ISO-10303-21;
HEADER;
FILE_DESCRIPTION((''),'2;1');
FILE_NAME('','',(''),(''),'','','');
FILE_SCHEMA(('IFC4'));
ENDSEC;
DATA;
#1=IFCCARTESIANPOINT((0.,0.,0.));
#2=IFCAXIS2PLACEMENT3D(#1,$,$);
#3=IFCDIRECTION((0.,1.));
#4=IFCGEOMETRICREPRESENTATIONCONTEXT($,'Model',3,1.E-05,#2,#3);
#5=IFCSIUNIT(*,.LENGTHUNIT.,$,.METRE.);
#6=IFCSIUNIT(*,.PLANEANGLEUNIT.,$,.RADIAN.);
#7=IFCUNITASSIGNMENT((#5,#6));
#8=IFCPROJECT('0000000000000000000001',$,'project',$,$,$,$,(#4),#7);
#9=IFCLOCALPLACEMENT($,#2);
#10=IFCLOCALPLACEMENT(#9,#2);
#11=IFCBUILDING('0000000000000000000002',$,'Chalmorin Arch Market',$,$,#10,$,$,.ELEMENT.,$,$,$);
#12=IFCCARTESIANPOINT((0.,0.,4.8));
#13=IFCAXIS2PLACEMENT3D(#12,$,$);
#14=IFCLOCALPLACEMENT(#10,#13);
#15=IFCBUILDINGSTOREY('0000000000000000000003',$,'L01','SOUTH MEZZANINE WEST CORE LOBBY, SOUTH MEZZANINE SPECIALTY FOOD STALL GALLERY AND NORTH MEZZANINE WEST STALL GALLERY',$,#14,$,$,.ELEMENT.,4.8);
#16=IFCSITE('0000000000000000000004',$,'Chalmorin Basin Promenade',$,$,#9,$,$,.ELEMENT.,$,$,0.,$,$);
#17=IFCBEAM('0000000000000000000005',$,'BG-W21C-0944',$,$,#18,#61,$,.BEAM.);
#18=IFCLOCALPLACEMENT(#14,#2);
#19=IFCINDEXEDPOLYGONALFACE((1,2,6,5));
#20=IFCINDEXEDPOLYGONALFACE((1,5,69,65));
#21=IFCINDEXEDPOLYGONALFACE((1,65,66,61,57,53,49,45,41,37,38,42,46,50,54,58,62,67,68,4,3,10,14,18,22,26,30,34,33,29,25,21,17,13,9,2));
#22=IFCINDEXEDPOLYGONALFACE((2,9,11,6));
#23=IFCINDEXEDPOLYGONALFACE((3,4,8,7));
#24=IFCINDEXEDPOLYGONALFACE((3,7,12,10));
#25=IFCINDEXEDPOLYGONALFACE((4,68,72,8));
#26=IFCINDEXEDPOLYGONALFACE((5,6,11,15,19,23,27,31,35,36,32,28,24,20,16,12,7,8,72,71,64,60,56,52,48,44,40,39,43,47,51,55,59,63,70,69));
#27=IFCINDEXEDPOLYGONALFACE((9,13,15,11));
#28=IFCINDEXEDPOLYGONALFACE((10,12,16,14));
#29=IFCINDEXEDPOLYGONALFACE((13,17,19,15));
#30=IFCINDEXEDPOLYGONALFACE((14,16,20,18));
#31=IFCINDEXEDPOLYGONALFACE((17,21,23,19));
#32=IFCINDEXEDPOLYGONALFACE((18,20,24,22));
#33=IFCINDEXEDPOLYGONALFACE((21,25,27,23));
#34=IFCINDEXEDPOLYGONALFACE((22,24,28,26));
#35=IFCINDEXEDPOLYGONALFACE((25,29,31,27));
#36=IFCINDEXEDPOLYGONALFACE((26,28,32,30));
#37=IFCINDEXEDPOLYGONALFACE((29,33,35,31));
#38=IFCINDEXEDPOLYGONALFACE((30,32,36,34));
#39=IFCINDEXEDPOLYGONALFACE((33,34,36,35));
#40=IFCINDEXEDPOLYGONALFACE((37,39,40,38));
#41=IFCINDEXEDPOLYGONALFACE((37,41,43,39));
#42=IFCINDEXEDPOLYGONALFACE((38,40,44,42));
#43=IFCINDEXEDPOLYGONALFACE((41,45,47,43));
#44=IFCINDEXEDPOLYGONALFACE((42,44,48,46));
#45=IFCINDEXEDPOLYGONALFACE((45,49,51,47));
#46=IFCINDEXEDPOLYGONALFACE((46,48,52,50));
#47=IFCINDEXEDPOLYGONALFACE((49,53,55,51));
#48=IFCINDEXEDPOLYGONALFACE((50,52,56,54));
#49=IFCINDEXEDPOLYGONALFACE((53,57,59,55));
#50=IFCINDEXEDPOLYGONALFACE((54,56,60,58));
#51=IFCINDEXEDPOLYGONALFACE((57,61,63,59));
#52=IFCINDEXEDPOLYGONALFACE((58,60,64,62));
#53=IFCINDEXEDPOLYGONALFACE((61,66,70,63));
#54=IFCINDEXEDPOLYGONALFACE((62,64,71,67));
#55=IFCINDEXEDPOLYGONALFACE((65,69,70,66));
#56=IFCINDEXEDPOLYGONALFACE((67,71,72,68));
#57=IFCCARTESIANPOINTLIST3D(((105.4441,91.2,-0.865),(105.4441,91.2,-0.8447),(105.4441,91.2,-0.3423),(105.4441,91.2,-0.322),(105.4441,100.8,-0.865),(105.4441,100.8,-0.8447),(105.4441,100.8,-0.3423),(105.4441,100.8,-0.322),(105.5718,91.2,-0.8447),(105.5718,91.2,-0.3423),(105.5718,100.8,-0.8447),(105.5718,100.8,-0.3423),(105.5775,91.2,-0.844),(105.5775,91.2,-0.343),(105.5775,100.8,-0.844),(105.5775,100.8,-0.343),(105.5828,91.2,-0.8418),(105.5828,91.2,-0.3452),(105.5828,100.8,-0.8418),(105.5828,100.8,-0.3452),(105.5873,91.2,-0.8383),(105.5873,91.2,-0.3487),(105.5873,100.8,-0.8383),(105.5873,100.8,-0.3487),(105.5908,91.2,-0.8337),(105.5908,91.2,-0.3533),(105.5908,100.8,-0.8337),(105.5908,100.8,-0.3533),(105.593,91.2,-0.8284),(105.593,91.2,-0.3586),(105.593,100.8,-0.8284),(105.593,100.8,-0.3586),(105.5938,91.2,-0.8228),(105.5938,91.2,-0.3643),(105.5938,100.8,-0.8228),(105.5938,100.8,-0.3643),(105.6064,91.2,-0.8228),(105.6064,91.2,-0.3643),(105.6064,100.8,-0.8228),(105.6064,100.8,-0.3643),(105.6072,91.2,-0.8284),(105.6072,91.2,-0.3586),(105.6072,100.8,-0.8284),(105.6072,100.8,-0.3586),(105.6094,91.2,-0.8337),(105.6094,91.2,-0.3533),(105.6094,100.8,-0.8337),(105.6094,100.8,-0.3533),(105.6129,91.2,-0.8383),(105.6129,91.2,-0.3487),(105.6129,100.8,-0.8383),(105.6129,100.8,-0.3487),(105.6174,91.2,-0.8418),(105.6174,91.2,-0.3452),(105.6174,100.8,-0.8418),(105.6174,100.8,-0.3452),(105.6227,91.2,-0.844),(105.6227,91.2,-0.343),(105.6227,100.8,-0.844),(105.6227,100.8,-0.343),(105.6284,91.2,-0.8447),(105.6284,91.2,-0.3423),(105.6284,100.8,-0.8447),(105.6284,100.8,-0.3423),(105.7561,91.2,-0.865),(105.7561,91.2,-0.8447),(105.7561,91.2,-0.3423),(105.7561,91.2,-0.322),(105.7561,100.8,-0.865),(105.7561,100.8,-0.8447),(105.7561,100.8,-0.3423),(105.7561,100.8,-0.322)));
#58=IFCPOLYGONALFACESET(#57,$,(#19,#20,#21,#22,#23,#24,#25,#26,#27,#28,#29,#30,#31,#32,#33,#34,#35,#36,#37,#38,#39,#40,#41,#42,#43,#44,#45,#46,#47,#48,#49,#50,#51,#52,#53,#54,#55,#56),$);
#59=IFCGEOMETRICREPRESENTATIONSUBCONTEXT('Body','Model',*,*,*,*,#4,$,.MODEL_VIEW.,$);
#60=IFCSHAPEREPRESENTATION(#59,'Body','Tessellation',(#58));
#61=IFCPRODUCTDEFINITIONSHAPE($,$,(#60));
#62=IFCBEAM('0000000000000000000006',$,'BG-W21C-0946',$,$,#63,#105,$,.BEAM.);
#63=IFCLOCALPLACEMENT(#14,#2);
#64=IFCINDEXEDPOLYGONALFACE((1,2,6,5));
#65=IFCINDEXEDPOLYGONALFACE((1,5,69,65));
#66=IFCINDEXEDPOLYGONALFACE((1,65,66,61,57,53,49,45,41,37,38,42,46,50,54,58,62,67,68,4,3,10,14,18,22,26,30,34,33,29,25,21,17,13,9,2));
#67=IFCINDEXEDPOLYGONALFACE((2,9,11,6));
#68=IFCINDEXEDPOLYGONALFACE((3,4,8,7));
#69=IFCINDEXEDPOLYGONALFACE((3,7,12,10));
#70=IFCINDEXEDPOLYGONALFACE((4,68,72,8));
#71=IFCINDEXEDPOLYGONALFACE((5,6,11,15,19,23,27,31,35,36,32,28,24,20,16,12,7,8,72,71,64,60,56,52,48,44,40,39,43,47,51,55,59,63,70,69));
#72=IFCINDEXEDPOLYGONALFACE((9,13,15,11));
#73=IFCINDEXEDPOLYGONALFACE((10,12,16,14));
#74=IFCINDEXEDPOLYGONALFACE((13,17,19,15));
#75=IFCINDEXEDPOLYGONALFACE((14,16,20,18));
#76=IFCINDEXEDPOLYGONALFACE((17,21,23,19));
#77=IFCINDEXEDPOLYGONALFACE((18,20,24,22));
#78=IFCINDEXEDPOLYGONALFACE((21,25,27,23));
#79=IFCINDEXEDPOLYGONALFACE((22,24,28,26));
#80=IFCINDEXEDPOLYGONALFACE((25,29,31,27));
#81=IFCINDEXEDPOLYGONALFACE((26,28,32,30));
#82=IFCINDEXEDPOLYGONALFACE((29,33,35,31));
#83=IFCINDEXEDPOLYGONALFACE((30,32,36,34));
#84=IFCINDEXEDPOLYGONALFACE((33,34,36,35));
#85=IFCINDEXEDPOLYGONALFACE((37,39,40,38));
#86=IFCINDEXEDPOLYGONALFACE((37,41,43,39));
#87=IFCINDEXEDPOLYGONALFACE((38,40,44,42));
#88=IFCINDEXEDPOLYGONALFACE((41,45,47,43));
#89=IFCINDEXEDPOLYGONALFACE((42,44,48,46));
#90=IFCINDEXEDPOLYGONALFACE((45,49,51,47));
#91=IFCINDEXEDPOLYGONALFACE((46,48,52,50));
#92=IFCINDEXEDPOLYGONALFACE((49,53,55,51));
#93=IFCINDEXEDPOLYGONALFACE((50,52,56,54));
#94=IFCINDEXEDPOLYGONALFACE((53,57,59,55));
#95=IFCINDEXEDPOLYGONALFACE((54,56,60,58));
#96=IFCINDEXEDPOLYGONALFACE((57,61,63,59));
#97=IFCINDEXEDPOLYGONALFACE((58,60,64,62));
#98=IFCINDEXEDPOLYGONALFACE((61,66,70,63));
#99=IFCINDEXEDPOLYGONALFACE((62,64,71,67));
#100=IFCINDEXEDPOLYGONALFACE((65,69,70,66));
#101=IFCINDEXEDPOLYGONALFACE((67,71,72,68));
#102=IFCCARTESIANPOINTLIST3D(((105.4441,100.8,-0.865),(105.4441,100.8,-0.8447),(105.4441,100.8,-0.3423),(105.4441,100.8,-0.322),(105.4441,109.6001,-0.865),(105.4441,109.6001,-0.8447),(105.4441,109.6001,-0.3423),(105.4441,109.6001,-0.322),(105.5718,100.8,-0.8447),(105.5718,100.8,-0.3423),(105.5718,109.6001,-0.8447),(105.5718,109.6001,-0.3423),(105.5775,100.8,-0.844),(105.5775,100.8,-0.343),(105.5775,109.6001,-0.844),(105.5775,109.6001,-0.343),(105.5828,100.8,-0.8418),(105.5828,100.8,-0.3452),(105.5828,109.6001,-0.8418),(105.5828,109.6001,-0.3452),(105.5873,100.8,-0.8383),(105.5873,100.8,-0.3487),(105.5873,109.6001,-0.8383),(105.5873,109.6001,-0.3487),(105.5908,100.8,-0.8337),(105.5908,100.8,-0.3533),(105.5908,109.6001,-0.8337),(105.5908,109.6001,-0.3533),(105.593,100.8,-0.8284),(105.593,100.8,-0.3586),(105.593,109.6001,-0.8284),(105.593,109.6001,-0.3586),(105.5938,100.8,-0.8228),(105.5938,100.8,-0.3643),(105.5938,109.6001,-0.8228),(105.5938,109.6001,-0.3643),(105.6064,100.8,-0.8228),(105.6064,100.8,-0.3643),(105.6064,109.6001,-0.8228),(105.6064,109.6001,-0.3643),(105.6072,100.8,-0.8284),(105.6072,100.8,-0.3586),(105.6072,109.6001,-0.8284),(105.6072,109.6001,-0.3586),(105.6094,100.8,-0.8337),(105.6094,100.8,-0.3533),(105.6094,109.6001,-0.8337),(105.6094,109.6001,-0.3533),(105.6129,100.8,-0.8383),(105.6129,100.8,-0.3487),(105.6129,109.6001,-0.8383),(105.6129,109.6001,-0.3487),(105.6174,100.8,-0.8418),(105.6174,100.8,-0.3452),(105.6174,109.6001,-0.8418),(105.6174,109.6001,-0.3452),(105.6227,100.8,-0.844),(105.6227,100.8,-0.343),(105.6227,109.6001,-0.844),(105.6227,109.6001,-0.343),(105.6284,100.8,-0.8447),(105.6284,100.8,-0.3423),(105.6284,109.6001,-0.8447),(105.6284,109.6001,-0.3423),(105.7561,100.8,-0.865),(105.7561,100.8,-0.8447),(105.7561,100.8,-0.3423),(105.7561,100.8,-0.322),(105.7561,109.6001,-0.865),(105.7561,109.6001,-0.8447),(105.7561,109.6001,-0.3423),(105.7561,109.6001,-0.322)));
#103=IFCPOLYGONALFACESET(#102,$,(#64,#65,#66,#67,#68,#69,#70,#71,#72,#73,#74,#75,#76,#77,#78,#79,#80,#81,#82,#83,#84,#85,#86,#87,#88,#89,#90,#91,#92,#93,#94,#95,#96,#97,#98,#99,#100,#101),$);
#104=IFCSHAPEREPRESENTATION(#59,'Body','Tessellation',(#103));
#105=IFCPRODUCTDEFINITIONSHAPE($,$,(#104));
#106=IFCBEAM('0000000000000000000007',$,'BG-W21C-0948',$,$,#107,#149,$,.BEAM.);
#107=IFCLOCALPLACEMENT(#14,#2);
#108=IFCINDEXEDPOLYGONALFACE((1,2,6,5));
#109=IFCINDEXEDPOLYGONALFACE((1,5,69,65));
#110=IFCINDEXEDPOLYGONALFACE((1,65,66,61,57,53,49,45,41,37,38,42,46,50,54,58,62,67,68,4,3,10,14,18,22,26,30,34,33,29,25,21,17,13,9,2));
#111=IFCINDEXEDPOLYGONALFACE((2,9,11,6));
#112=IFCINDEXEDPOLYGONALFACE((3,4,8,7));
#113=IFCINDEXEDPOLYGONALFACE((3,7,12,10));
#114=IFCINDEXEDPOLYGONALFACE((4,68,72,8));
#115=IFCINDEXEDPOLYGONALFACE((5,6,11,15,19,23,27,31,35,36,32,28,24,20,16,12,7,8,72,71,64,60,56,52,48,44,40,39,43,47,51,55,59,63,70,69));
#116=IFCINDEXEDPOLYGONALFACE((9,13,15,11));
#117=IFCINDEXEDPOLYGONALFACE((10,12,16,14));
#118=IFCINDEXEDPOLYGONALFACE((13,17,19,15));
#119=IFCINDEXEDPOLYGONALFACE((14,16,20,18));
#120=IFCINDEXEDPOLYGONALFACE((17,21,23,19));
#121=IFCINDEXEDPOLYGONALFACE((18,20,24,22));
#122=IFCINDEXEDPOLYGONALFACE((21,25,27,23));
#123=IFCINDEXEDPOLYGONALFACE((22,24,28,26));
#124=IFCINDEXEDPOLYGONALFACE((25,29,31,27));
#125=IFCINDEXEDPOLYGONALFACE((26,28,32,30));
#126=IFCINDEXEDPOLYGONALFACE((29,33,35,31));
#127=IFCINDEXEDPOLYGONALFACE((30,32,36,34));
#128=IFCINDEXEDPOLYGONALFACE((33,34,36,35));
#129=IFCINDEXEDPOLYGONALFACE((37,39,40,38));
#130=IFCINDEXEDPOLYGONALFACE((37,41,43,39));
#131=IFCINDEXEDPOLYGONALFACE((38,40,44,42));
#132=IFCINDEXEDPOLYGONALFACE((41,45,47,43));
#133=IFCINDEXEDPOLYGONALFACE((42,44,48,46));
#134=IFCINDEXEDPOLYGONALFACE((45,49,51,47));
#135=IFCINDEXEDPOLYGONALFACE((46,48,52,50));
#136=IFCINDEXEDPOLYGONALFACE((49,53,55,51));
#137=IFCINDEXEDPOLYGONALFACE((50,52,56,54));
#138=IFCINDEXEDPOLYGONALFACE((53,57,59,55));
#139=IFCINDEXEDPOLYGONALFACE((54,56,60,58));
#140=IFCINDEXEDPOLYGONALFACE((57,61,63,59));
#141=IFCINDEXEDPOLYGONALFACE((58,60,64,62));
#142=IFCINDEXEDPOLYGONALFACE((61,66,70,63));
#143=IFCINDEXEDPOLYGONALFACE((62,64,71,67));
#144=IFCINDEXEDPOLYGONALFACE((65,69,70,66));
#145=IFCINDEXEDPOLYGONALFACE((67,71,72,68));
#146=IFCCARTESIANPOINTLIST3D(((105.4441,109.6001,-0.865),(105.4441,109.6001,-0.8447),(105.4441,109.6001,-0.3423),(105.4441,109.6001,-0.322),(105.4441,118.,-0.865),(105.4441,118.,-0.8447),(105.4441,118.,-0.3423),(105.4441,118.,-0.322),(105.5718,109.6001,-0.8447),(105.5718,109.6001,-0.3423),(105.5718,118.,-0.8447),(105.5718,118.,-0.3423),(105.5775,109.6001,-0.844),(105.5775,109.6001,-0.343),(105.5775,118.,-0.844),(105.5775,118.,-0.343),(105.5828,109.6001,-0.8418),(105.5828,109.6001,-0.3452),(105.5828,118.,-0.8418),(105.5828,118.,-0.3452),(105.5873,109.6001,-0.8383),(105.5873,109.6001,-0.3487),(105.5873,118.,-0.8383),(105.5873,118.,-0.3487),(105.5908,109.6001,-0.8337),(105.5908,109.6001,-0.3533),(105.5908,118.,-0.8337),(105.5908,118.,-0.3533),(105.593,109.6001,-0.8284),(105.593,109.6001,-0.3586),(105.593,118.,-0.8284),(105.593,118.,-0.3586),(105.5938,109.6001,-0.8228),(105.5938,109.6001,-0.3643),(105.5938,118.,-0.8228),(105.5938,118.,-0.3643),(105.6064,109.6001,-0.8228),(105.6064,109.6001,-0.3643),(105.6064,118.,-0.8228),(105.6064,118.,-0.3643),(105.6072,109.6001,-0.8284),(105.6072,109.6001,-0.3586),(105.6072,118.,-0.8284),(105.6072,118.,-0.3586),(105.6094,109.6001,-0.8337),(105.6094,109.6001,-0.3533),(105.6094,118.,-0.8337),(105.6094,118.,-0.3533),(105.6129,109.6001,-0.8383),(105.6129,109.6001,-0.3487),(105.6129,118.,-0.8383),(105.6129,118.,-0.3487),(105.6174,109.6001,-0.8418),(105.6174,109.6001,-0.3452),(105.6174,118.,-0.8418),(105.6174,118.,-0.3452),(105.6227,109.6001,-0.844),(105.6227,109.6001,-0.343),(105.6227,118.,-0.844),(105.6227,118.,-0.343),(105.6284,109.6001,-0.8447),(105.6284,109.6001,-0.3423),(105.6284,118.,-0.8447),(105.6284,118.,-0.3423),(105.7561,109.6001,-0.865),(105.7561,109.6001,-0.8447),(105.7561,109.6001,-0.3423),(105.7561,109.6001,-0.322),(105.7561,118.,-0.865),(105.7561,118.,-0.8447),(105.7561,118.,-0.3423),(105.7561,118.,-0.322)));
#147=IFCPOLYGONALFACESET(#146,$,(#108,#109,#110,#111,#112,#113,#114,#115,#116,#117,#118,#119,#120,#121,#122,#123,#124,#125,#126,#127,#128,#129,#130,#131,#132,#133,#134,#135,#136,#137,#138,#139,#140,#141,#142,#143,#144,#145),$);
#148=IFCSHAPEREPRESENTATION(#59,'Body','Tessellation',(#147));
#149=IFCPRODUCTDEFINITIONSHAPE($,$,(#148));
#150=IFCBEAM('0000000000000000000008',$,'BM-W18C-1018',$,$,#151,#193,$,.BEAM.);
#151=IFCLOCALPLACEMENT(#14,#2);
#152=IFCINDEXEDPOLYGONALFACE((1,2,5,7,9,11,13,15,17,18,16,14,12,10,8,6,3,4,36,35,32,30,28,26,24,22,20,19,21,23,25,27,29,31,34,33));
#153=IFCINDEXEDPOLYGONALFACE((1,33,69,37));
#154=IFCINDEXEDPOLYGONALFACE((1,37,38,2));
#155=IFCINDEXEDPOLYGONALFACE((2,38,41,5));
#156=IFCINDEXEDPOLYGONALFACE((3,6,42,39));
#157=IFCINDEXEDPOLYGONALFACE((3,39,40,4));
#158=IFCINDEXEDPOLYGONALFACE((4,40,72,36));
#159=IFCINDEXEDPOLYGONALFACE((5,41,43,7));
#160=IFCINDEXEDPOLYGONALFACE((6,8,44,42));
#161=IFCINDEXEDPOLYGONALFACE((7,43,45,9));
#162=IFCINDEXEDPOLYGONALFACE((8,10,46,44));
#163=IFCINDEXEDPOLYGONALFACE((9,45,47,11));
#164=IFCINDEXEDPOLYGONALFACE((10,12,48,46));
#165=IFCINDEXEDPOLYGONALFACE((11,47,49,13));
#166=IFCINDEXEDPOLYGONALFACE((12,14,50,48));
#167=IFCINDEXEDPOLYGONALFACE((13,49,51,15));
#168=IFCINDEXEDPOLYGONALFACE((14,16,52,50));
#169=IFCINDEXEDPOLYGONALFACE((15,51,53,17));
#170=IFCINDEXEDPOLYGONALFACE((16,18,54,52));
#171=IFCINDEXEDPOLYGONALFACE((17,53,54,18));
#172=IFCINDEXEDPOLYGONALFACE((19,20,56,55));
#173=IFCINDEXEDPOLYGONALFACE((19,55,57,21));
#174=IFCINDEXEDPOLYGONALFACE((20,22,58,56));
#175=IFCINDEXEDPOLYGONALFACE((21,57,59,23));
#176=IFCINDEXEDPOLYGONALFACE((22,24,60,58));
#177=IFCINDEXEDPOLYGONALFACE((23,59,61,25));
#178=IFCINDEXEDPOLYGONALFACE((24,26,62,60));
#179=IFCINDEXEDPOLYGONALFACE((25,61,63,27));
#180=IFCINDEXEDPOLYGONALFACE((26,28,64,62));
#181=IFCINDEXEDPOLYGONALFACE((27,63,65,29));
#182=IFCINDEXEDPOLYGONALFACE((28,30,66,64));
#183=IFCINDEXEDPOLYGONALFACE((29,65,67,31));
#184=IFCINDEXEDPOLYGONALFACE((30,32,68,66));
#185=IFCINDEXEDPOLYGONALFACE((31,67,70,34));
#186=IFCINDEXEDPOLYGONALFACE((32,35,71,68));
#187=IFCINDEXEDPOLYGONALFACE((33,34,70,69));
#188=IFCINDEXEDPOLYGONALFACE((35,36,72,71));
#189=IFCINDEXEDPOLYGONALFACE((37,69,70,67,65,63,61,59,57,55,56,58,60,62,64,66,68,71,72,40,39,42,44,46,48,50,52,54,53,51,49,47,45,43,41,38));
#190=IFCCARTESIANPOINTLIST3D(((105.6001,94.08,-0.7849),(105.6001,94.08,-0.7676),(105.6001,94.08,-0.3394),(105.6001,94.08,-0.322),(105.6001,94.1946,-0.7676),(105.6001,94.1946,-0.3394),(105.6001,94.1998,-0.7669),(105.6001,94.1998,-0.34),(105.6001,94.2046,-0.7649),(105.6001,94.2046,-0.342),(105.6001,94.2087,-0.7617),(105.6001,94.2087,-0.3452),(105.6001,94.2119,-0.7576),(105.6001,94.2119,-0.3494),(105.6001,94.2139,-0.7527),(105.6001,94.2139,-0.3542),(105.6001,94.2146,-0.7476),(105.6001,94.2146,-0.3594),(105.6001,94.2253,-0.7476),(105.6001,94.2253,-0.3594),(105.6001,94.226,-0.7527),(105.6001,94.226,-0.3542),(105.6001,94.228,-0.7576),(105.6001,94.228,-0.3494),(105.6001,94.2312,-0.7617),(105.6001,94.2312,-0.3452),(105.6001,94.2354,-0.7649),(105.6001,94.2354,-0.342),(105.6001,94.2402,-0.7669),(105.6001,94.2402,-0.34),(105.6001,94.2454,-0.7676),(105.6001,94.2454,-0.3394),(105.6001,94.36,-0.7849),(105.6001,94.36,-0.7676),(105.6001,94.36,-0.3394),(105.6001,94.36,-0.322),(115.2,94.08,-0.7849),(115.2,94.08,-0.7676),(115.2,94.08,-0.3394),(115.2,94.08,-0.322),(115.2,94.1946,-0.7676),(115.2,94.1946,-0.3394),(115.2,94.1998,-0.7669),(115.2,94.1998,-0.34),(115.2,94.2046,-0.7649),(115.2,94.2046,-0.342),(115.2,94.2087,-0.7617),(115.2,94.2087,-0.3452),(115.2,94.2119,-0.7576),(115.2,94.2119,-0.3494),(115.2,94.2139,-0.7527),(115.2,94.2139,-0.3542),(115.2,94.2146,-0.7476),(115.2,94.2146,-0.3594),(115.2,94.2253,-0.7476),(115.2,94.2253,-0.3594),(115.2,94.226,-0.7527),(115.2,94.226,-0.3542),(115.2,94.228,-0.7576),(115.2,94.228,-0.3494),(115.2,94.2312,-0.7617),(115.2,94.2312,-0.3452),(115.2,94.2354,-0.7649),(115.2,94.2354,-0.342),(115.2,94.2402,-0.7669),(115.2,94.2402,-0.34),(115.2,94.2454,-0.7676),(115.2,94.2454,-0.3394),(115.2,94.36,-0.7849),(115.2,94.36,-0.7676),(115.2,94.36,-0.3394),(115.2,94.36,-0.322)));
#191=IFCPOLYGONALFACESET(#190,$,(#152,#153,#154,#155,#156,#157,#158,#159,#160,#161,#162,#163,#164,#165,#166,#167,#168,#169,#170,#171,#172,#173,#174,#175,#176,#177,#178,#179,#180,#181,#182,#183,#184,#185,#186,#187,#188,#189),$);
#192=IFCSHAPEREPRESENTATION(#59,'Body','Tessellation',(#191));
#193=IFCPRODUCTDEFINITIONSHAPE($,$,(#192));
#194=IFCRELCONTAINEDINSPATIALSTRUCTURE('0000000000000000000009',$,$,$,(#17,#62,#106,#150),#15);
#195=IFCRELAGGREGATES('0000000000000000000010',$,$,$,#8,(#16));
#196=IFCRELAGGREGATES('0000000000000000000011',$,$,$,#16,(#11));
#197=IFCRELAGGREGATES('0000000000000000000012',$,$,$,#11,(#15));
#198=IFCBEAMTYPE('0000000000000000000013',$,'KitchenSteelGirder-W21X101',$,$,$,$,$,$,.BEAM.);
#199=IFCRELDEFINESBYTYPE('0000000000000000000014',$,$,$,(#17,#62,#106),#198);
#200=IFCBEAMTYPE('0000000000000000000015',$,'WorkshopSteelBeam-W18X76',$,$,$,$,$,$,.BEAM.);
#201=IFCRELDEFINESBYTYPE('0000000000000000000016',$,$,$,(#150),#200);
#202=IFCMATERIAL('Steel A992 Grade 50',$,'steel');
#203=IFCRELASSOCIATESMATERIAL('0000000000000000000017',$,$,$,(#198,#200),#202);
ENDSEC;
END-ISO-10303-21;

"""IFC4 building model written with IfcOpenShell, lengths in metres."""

from ifc_helpers import new_model, si_unit, direction, frame, origin, origin_2d, place, context, subcontext, project, spatial, i_section, extrude, material, material_profile, profile_set, type_object, element, save


model = new_model("IFC4")

# Units and contexts
model_context = context("Model", 3, precision=1e-05, world=origin(), true_north=direction((0.0, 1.0)))
body_context = subcontext(model_context, "Body", "Model", "MODEL_VIEW")
ifc_project = project(units=[si_unit("LENGTHUNIT", "METRE"), si_unit("PLANEANGLEUNIT", "RADIAN")], contexts=[model_context])

# Site, building, storey
site_placement = place(None, origin())
site = spatial("IfcSite", under=ifc_project, at=site_placement, Name="Chalmorin Basin Promenade", CompositionType="ELEMENT", RefElevation=0.0)
building_placement = place(site_placement, origin())
building = spatial("IfcBuilding", under=site, at=building_placement, Name="Chalmorin Arch Market", CompositionType="ELEMENT")
storey_placement = place(building_placement, frame((0.0, 0.0, 4.8)))
storey = spatial("IfcBuildingStorey", under=building, at=storey_placement, Name="L01", Description="SOUTH MEZZANINE WEST CORE LOBBY, SOUTH MEZZANINE SPECIALTY FOOD STALL GALLERY AND NORTH MEZZANINE WEST STALL GALLERY", CompositionType="ELEMENT", Elevation=4.8)

# Beams
ifc_material_1 = material(Name="Steel A992 Grade 50", Category="steel")
ifc_material_profile_1 = material_profile(ifc_material_1, i_section(OverallWidth=0.312, OverallDepth=0.543, WebThickness=0.0127, FlangeThickness=0.0203, FilletRadius=0.022, at=origin_2d()), Name="W21X101")
ifc_profile_set_1 = profile_set([ifc_material_profile_1], Name="Steel A992 Grade 50")
beam_type_1 = type_object("IfcBeamType", Name="KitchenSteelGirder-W21X101", PredefinedType="BEAM", material=ifc_profile_set_1)
beam_1_placement = place(storey_placement, frame((105.6001, 91.2, -0.5935), z_axis=(0.0, 1.0, 0.0), x_axis=(-1.0, 0.0, 0.0)))
element("IfcBeam", 1, at=beam_1_placement, inside=storey, type_object=beam_type_1, Name="BG-W21C-0944", PredefinedType="BEAM", context=body_context, shape_type="SweptSolid", body=[
    extrude(i_section(OverallWidth=0.312, OverallDepth=0.543, WebThickness=0.0127, FlangeThickness=0.0203, FilletRadius=0.022, at=origin_2d()), origin(), (0.0, 0.0, 1.0), 9.6001),
])
beam_2_placement = place(storey_placement, frame((105.6001, 100.8, -0.5935), z_axis=(0.0, 1.0, 0.0), x_axis=(-1.0, 0.0, 0.0)))
element("IfcBeam", 2, at=beam_2_placement, inside=storey, type_object=beam_type_1, Name="BG-W21C-0946", PredefinedType="BEAM", context=body_context, shape_type="SweptSolid", body=[
    extrude(i_section(OverallWidth=0.312, OverallDepth=0.543, WebThickness=0.0127, FlangeThickness=0.0203, FilletRadius=0.022, at=origin_2d()), origin(), (0.0, 0.0, 1.0), 8.8),
])
beam_3_placement = place(storey_placement, frame((105.6001, 109.6001, -0.5935), z_axis=(0.0, 1.0, 0.0), x_axis=(-1.0, 0.0, 0.0)))
element("IfcBeam", 3, at=beam_3_placement, inside=storey, type_object=beam_type_1, Name="BG-W21C-0948", PredefinedType="BEAM", context=body_context, shape_type="SweptSolid", body=[
    extrude(i_section(OverallWidth=0.312, OverallDepth=0.543, WebThickness=0.0127, FlangeThickness=0.0203, FilletRadius=0.022, at=origin_2d()), origin(), (0.0, 0.0, 1.0), 8.3999),
])
ifc_material_profile_2 = material_profile(ifc_material_1, i_section(OverallWidth=0.28, OverallDepth=0.4629, WebThickness=0.0107, FlangeThickness=0.0173, FilletRadius=0.02, at=origin_2d()), Name="W18X76")
ifc_profile_set_2 = profile_set([ifc_material_profile_2], Name="Steel A992 Grade 50")
beam_type_2 = type_object("IfcBeamType", Name="WorkshopSteelBeam-W18X76", PredefinedType="BEAM", material=ifc_profile_set_2)
for number, where, z_axis, x_axis, name in (
    (4, (105.6001, 94.22, -0.5535), (1.0, 0.0, 0.0), (0.0, 1.0, 0.0), "BM-W18C-1018"),
):
    element("IfcBeam", number, at=place(storey_placement, frame(where, z_axis=z_axis, x_axis=x_axis)), inside=storey, type_object=beam_type_2, Name=name, PredefinedType="BEAM", context=body_context, shape_type="SweptSolid", body=[
        extrude(i_section(OverallWidth=0.28, OverallDepth=0.4629, WebThickness=0.0107, FlangeThickness=0.0173, FilletRadius=0.02, at=origin_2d()), origin(), (0.0, 0.0, 1.0), 9.5999),
    ])

save(model, "model.ifc")
